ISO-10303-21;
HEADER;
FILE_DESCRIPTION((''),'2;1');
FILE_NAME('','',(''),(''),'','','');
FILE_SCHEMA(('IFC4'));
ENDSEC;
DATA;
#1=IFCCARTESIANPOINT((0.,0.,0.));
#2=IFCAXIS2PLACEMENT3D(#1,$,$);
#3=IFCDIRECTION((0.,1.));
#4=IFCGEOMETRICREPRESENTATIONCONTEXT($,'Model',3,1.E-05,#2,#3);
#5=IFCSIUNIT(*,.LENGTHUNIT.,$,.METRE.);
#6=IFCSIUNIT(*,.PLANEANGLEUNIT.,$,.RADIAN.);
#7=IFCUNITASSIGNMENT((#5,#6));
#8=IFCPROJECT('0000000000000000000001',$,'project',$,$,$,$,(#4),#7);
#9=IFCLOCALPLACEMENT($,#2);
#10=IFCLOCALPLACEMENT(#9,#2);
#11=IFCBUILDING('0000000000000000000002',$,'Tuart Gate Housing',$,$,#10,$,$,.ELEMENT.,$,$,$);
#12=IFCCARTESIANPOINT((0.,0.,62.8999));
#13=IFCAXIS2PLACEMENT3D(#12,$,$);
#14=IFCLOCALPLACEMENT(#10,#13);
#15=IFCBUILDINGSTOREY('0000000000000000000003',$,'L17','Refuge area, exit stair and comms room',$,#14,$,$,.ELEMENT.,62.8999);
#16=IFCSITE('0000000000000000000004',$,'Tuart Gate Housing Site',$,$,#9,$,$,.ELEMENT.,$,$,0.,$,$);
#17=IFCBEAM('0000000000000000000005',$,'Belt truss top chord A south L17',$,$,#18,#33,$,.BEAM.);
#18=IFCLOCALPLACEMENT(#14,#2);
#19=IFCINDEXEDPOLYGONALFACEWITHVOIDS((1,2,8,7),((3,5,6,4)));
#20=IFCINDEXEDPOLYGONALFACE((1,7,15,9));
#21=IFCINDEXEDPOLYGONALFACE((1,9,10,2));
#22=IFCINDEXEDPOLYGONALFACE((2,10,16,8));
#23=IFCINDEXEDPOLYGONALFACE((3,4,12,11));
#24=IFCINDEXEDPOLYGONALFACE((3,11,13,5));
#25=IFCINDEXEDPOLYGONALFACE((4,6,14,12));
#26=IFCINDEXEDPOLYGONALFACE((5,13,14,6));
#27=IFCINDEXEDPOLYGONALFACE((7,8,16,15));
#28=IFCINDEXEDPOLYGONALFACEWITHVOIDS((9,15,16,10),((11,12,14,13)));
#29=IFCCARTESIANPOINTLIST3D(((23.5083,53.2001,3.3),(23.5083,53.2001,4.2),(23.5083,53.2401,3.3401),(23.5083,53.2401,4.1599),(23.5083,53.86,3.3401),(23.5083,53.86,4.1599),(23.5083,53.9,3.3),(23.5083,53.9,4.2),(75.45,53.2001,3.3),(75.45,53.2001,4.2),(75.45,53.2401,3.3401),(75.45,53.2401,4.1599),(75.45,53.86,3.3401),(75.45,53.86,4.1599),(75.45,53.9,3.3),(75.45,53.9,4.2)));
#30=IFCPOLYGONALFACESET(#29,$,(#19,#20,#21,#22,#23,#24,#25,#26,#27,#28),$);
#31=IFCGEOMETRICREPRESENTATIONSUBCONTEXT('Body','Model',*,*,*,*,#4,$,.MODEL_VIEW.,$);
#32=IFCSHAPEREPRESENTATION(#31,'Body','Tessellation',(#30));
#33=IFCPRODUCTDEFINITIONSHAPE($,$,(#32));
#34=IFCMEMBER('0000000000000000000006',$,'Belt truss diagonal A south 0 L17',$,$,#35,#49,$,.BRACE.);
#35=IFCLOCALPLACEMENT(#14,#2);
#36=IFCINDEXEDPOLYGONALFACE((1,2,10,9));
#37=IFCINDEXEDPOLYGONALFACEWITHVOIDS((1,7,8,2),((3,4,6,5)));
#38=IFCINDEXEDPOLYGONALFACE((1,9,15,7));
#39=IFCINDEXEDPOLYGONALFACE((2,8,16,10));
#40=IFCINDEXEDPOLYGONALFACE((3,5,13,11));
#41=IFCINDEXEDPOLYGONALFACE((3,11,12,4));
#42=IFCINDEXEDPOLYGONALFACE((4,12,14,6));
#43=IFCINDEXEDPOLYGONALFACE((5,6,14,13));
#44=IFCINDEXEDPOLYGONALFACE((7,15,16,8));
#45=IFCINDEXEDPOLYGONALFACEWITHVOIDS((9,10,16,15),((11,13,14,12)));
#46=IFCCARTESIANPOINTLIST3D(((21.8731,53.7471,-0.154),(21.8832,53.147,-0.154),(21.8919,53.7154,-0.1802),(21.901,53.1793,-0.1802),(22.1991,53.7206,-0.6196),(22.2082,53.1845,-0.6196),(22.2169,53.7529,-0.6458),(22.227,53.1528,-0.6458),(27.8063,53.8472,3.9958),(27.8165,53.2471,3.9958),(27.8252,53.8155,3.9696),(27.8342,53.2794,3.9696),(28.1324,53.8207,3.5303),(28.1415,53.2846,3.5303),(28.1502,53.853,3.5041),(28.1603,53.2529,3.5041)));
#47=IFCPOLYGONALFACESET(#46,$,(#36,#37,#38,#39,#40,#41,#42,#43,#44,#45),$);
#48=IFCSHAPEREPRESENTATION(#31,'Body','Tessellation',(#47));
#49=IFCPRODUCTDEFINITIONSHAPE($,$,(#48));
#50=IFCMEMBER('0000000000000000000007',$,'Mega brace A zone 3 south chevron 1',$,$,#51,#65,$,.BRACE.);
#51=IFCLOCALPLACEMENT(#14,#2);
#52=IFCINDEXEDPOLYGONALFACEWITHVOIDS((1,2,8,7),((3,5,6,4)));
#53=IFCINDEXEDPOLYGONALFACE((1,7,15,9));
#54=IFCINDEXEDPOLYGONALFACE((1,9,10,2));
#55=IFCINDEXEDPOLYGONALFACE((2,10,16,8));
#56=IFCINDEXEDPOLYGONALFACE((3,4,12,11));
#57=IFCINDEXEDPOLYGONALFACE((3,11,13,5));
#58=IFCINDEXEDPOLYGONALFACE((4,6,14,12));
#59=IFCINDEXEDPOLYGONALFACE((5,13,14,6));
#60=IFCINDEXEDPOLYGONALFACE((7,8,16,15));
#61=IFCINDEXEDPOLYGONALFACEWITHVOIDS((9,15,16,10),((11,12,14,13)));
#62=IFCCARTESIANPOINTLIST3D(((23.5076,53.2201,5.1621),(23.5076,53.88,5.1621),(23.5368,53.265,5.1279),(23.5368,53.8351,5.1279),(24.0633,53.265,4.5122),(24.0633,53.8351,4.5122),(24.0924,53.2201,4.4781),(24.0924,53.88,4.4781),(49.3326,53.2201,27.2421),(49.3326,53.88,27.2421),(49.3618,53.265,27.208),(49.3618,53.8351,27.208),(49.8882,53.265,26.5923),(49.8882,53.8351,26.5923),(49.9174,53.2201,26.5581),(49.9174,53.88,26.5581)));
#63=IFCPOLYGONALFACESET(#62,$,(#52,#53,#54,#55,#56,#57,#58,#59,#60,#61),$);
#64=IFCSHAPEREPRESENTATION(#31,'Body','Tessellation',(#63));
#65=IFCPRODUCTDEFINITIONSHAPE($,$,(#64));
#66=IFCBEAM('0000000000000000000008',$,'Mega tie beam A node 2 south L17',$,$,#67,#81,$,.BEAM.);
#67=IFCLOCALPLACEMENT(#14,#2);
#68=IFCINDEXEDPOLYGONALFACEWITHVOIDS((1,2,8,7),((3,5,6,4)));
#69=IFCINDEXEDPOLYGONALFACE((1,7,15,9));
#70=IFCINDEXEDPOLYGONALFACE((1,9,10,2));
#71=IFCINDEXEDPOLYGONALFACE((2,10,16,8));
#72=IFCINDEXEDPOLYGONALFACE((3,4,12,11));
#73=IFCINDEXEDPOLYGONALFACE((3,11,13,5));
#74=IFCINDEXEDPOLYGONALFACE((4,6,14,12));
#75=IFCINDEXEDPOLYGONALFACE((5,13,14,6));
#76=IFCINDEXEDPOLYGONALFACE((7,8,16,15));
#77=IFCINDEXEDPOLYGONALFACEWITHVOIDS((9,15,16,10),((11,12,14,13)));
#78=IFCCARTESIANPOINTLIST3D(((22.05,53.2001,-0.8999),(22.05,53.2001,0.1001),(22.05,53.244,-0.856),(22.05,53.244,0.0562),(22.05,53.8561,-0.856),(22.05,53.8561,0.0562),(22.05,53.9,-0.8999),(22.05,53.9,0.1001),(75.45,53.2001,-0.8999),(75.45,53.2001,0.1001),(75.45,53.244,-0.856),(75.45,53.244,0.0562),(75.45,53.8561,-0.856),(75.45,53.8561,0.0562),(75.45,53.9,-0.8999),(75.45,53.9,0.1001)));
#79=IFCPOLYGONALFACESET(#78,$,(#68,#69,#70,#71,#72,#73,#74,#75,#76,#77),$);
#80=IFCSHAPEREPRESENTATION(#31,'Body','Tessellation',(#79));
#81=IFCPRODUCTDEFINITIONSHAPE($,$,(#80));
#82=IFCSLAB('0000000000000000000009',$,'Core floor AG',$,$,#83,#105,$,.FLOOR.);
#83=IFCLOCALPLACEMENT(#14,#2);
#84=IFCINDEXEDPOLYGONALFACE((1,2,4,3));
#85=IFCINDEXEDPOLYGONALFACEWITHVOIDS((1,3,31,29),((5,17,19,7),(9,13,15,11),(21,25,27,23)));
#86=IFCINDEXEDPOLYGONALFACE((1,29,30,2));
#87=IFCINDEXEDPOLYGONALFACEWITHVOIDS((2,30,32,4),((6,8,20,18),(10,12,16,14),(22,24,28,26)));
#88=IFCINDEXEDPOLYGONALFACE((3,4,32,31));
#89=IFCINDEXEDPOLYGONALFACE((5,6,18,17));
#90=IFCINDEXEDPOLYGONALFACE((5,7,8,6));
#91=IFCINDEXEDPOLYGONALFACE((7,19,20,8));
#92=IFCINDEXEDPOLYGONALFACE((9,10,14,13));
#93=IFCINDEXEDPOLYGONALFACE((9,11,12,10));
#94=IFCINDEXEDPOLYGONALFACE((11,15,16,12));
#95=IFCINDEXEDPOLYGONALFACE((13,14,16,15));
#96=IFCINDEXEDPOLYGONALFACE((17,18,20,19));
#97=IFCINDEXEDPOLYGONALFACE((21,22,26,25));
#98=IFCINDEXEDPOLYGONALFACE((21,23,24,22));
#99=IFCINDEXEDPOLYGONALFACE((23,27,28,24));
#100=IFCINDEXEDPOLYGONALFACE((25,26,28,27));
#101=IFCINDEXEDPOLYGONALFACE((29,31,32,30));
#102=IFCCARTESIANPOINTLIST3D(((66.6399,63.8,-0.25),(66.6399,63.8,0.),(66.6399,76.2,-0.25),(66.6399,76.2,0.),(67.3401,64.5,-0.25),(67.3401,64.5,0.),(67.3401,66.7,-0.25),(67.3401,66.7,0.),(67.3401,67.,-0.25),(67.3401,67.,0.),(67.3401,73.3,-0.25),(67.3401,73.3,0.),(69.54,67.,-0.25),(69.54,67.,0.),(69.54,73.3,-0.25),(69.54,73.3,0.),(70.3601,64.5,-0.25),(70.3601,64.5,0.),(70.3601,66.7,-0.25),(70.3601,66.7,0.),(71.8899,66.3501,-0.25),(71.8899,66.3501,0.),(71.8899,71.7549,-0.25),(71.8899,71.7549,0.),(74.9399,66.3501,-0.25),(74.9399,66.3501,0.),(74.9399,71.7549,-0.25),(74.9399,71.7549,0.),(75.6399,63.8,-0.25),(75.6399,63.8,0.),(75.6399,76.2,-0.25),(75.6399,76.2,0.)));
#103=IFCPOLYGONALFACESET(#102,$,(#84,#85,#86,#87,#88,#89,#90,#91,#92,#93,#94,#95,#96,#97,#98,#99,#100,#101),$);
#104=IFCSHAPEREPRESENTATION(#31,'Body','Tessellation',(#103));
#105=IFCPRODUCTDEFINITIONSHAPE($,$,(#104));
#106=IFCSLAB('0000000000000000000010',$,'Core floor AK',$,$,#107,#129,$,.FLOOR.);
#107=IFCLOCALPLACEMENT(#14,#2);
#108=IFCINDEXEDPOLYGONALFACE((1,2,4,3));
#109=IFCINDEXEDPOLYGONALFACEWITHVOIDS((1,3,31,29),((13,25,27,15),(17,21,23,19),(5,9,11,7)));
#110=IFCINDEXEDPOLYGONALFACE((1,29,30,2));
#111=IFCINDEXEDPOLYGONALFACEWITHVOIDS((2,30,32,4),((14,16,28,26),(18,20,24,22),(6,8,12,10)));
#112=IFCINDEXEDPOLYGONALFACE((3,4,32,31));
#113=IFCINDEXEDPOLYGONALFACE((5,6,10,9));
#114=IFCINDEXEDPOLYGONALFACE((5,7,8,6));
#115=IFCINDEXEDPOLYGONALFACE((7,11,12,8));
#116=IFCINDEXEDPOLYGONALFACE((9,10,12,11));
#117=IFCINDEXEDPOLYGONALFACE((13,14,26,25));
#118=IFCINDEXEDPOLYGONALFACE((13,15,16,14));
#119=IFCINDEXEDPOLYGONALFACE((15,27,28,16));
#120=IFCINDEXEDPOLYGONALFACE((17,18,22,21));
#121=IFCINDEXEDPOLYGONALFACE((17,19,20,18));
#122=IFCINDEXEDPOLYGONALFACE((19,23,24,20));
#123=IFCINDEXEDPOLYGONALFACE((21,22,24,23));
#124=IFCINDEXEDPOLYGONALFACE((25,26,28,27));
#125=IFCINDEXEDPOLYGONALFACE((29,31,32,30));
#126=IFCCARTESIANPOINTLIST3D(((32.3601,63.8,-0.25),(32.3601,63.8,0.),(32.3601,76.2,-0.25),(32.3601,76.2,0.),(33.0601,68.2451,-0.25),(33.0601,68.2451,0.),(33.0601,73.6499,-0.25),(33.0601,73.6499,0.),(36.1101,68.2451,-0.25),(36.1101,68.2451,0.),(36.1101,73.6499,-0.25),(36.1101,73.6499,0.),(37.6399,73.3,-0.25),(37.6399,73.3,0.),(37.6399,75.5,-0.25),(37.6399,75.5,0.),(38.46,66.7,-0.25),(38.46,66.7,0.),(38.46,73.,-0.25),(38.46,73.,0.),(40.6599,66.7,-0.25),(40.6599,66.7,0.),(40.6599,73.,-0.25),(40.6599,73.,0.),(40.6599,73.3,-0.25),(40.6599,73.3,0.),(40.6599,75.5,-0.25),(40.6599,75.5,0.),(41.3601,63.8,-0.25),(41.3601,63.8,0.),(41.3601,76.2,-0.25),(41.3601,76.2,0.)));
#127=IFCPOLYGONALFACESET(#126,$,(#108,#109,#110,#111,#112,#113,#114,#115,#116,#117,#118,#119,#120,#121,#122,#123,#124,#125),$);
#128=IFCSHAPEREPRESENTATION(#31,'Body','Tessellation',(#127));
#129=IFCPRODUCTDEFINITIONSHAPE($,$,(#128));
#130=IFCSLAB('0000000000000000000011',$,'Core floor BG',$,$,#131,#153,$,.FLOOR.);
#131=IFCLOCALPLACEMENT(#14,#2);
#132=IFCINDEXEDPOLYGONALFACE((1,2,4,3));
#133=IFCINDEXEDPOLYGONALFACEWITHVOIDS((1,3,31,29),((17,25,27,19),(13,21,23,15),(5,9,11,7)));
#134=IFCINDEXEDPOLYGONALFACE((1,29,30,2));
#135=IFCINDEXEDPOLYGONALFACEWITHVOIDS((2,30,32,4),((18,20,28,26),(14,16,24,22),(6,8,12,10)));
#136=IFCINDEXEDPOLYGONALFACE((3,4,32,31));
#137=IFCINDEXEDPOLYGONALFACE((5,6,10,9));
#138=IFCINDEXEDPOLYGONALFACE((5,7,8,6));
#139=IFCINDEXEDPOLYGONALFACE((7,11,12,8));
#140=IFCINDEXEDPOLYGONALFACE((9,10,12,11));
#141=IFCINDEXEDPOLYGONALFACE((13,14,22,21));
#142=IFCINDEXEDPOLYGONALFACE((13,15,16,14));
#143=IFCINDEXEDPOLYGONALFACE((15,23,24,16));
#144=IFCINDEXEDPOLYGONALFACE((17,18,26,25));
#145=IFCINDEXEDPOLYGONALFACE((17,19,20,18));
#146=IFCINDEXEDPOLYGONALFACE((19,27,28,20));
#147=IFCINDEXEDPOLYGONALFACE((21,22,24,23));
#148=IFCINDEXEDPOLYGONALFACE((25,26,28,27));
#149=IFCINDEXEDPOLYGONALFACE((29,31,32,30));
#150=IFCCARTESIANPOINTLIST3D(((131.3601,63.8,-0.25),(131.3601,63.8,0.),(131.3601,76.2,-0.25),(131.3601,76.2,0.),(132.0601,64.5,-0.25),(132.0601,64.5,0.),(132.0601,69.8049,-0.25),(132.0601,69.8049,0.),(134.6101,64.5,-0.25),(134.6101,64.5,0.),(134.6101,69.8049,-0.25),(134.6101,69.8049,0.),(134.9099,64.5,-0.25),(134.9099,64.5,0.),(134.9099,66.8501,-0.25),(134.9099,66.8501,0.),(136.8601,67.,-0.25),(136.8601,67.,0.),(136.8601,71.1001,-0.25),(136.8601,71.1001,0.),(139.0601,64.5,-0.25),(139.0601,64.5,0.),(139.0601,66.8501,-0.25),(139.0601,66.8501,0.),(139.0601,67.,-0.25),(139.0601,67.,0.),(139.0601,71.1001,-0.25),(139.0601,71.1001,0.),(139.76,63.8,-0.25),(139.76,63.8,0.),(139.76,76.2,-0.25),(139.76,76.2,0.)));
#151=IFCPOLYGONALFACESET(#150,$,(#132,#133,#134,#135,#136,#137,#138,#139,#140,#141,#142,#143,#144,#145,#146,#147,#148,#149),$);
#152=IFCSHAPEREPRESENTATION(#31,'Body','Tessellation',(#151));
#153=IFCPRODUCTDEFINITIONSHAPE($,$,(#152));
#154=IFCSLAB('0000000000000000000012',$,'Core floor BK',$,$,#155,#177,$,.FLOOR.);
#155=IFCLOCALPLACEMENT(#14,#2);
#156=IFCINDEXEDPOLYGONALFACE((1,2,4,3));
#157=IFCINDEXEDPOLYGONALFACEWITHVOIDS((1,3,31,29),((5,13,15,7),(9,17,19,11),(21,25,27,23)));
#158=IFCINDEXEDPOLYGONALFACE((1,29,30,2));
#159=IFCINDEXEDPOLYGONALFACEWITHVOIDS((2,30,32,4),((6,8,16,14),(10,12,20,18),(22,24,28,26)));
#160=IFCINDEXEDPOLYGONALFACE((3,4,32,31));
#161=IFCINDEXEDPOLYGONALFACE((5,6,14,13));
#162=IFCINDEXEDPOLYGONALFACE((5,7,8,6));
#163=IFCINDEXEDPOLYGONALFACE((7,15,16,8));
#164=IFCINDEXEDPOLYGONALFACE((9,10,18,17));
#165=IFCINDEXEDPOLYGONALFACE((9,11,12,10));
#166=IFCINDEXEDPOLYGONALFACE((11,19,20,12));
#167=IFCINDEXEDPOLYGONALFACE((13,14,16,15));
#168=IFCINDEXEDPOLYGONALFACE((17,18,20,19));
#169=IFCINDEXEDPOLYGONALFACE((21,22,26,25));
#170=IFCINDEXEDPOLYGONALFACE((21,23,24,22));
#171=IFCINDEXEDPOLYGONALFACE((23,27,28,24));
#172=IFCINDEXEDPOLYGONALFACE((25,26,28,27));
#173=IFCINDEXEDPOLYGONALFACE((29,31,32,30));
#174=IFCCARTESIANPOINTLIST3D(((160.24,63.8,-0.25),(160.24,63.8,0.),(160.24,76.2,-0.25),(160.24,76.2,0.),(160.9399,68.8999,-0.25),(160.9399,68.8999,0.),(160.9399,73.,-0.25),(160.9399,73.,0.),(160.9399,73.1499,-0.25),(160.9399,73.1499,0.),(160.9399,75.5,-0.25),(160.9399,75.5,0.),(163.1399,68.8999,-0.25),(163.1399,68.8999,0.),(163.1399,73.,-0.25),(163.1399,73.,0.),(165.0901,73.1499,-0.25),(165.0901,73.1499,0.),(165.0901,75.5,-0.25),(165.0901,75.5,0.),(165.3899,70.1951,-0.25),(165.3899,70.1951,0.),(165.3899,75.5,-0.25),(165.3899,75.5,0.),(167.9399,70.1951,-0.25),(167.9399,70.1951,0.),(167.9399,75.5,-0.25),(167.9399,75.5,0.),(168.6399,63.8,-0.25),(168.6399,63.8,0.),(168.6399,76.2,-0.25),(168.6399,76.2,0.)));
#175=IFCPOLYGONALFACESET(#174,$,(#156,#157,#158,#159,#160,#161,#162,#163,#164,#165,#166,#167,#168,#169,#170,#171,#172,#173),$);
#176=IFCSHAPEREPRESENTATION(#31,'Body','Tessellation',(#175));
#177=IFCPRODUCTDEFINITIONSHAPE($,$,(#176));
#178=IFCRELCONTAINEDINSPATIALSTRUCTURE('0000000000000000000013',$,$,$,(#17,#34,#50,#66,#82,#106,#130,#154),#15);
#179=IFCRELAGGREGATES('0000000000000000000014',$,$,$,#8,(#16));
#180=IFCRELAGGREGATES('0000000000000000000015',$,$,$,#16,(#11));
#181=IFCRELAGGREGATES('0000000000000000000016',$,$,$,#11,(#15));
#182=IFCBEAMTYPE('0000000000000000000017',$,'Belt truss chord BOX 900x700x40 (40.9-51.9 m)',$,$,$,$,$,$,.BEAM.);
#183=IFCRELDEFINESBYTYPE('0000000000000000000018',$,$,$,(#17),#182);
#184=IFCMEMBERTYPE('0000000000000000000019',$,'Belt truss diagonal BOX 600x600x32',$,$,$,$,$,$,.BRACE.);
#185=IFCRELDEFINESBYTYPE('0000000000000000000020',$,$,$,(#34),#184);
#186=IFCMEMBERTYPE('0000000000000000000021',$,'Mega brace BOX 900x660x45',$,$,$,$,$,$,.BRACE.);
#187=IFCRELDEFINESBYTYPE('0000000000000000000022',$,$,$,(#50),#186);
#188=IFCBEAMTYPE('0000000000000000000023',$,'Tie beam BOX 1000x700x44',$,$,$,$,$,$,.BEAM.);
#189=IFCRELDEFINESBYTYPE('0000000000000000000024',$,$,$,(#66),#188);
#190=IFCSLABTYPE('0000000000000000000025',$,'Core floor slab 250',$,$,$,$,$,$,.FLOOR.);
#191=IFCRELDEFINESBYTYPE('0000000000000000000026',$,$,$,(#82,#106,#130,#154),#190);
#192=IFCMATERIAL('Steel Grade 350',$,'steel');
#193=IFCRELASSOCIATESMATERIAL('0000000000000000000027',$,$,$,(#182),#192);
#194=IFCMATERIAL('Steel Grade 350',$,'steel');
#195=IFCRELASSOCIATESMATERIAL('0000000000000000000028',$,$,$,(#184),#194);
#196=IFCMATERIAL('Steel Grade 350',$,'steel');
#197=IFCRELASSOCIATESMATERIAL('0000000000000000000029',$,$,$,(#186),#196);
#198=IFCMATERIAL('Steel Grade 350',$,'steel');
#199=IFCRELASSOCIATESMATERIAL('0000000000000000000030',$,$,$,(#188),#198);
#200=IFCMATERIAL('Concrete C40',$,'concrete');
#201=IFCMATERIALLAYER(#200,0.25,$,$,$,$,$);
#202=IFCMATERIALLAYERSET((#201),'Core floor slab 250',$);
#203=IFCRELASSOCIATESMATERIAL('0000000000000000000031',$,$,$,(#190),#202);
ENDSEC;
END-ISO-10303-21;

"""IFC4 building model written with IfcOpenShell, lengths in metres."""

from ifc_helpers import new_model, si_unit, direction, frame, origin, origin_2d, place, context, subcontext, project, spatial, polyline, hollow_rectangle, outline, extrude, material, layer, layer_set, material_profile, profile_set, type_object, element, save


model = new_model("IFC4")

# Units and contexts
model_context = context("Model", 3, precision=1e-05, world=origin(), true_north=direction((0.0, 1.0)))
body_context = subcontext(model_context, "Body", "Model", "MODEL_VIEW")
ifc_project = project(units=[si_unit("LENGTHUNIT", "METRE"), si_unit("PLANEANGLEUNIT", "RADIAN")], contexts=[model_context])

# Site, building, storey
site_placement = place(None, origin())
site = spatial("IfcSite", under=ifc_project, at=site_placement, Name="Tuart Gate Housing Site", CompositionType="ELEMENT", RefElevation=0.0)
building_placement = place(site_placement, origin())
building = spatial("IfcBuilding", under=site, at=building_placement, Name="Tuart Gate Housing", CompositionType="ELEMENT")
storey_placement = place(building_placement, frame((0.0, 0.0, 62.8999)))
storey = spatial("IfcBuildingStorey", under=building, at=storey_placement, Name="L17", Description="Refuge area, exit stair and comms room", CompositionType="ELEMENT", Elevation=62.8999)

# Beam
ifc_material_1 = material(Name="Steel Grade 350", Category="steel")
ifc_material_profile_1 = material_profile(ifc_material_1, hollow_rectangle(XDim=0.7, YDim=0.8999, WallThickness=0.04, at=origin_2d()), Name="BOX 900x700x40")
ifc_profile_set_1 = profile_set([ifc_material_profile_1], Name="Steel Grade 350")
beam_type_1 = type_object("IfcBeamType", Name="Belt truss chord BOX 900x700x40 (40.9-51.9 m)", PredefinedType="BEAM", material=ifc_profile_set_1)
beam_1_placement = place(storey_placement, frame((23.5083, 53.55, 3.75), z_axis=(1.0, 0.0, 0.0), x_axis=(0.0, 1.0, 0.0)))
element("IfcBeam", 1, at=beam_1_placement, inside=storey, type_object=beam_type_1, Name="Belt truss top chord A south L17", PredefinedType="BEAM", context=body_context, shape_type="SweptSolid", body=[
    extrude(hollow_rectangle(XDim=0.7, YDim=0.8999, WallThickness=0.04, at=origin_2d()), origin(), (0.0, 0.0, 1.0), 51.9417),
])

# Members
ifc_material_2 = material(Name="Steel Grade 350", Category="steel")
ifc_material_profile_2 = material_profile(ifc_material_2, hollow_rectangle(XDim=0.6001, YDim=0.6001, WallThickness=0.032, at=origin_2d()), Name="BOX 600x600x32")
ifc_profile_set_2 = profile_set([ifc_material_profile_2], Name="Steel Grade 350")
member_type_1 = type_object("IfcMemberType", Name="Belt truss diagonal BOX 600x600x32", PredefinedType="BRACE", material=ifc_profile_set_2)
member_1_placement = place(storey_placement, frame((22.05, 53.45, -0.3999), z_axis=(0.819377, 0.013823, 0.573088), x_axis=(-0.016868, 0.999858, 0.0)))
element("IfcMember", 2, at=member_1_placement, inside=storey, type_object=member_type_1, Name="Belt truss diagonal A south 0 L17", PredefinedType="BRACE", context=body_context, shape_type="SweptSolid", body=[
    extrude(hollow_rectangle(XDim=0.6001, YDim=0.6001, WallThickness=0.032, at=origin_2d()), origin(), (0.0, 0.0, 1.0), 7.2412),
])
ifc_material_3 = material(Name="Steel Grade 350", Category="steel")
ifc_material_profile_3 = material_profile(ifc_material_3, hollow_rectangle(XDim=0.6599, YDim=0.8999, WallThickness=0.0449, at=origin_2d()), Name="BOX 900x660x45")
ifc_profile_set_3 = profile_set([ifc_material_profile_3], Name="Steel Grade 350")
member_type_2 = type_object("IfcMemberType", Name="Mega brace BOX 900x660x45", PredefinedType="BRACE", material=ifc_profile_set_3)
member_2_placement = place(storey_placement, frame((23.8, 53.55, 4.8201), z_axis=(0.760065, 0.0, 0.649848), x_axis=(0.0, 1.0, 0.0)))
element("IfcMember", 3, at=member_2_placement, inside=storey, type_object=member_type_2, Name="Mega brace A zone 3 south chevron 1", PredefinedType="BRACE", context=body_context, shape_type="SweptSolid", body=[
    extrude(hollow_rectangle(XDim=0.6599, YDim=0.8999, WallThickness=0.0449, at=origin_2d()), origin(), (0.0, 0.0, 1.0), 33.9773),
])

# Beam
ifc_material_4 = material(Name="Steel Grade 350", Category="steel")
ifc_material_profile_4 = material_profile(ifc_material_4, hollow_rectangle(XDim=0.7, YDim=1.0, WallThickness=0.0439, at=origin_2d()), Name="BOX 1000x700x44")
ifc_profile_set_4 = profile_set([ifc_material_profile_4], Name="Steel Grade 350")
beam_type_2 = type_object("IfcBeamType", Name="Tie beam BOX 1000x700x44", PredefinedType="BEAM", material=ifc_profile_set_4)
beam_2_placement = place(storey_placement, frame((22.05, 53.55, -0.3999), z_axis=(1.0, 0.0, 0.0), x_axis=(0.0, 1.0, 0.0)))
element("IfcBeam", 4, at=beam_2_placement, inside=storey, type_object=beam_type_2, Name="Mega tie beam A node 2 south L17", PredefinedType="BEAM", context=body_context, shape_type="SweptSolid", body=[
    extrude(hollow_rectangle(XDim=0.7, YDim=1.0, WallThickness=0.0439, at=origin_2d()), origin(), (0.0, 0.0, 1.0), 53.3999),
])

# Slabs
ifc_material_5 = material(Name="Concrete C40", Category="concrete")
ifc_layer_1 = layer(ifc_material_5, 0.25)
ifc_layer_set_1 = layer_set([ifc_layer_1], Name="Core floor slab 250")
slab_type_1 = type_object("IfcSlabType", Name="Core floor slab 250", PredefinedType="FLOOR", material=ifc_layer_set_1)
slab_1_placement = place(storey_placement, frame((0.0, 0.0, -0.25)))
element("IfcSlab", 5, at=slab_1_placement, inside=storey, type_object=slab_type_1, Name="Core floor AG", PredefinedType="FLOOR", context=body_context, shape_type="SweptSolid", body=[
    extrude(outline(polyline([(66.6399, 63.8), (75.6399, 63.8), (75.6399, 76.2), (66.6399, 76.2), (66.6399, 63.8)]), holes=[polyline([(67.3401, 64.5), (70.3601, 64.5), (70.3601, 66.7), (67.3401, 66.7), (67.3401, 64.5)]), polyline([(67.3401, 67.0), (69.54, 67.0), (69.54, 73.3), (67.3401, 73.3), (67.3401, 67.0)]), polyline([(71.8899, 66.3501), (74.9399, 66.3501), (74.9399, 71.7549), (71.8899, 71.7549), (71.8899, 66.3501)])]), origin(), (0.0, 0.0, 1.0), 0.25),
])
slab_2_placement = place(storey_placement, frame((0.0, 0.0, -0.25)))
element("IfcSlab", 6, at=slab_2_placement, inside=storey, type_object=slab_type_1, Name="Core floor AK", PredefinedType="FLOOR", context=body_context, shape_type="SweptSolid", body=[
    extrude(outline(polyline([(32.3601, 63.8), (41.3601, 63.8), (41.3601, 76.2), (32.3601, 76.2), (32.3601, 63.8)]), holes=[polyline([(40.6599, 75.5), (37.6399, 75.5), (37.6399, 73.3), (40.6599, 73.3), (40.6599, 75.5)]), polyline([(40.6599, 73.0), (38.46, 73.0), (38.46, 66.7), (40.6599, 66.7), (40.6599, 73.0)]), polyline([(36.1101, 73.6499), (33.0601, 73.6499), (33.0601, 68.2451), (36.1101, 68.2451), (36.1101, 73.6499)])]), origin(), (0.0, 0.0, 1.0), 0.25),
])
slab_3_placement = place(storey_placement, frame((0.0, 0.0, -0.25)))
element("IfcSlab", 7, at=slab_3_placement, inside=storey, type_object=slab_type_1, Name="Core floor BG", PredefinedType="FLOOR", context=body_context, shape_type="SweptSolid", body=[
    extrude(outline(polyline([(131.3601, 63.8), (139.76, 63.8), (139.76, 76.2), (131.3601, 76.2), (131.3601, 63.8)]), holes=[polyline([(139.0601, 66.8501), (134.9099, 66.8501), (134.9099, 64.5), (139.0601, 64.5), (139.0601, 66.8501)]), polyline([(139.0601, 71.1001), (136.8601, 71.1001), (136.8601, 67.0), (139.0601, 67.0), (139.0601, 71.1001)]), polyline([(134.6101, 69.8049), (132.0601, 69.8049), (132.0601, 64.5), (134.6101, 64.5), (134.6101, 69.8049)])]), origin(), (0.0, 0.0, 1.0), 0.25),
])
slab_4_placement = place(storey_placement, frame((0.0, 0.0, -0.25)))
element("IfcSlab", 8, at=slab_4_placement, inside=storey, type_object=slab_type_1, Name="Core floor BK", PredefinedType="FLOOR", context=body_context, shape_type="SweptSolid", body=[
    extrude(outline(polyline([(160.24, 63.8), (168.6399, 63.8), (168.6399, 76.2), (160.24, 76.2), (160.24, 63.8)]), holes=[polyline([(160.9399, 73.1499), (165.0901, 73.1499), (165.0901, 75.5), (160.9399, 75.5), (160.9399, 73.1499)]), polyline([(160.9399, 68.8999), (163.1399, 68.8999), (163.1399, 73.0), (160.9399, 73.0), (160.9399, 68.8999)]), polyline([(165.3899, 70.1951), (167.9399, 70.1951), (167.9399, 75.5), (165.3899, 75.5), (165.3899, 70.1951)])]), origin(), (0.0, 0.0, 1.0), 0.25),
])

save(model, "model.ifc")
